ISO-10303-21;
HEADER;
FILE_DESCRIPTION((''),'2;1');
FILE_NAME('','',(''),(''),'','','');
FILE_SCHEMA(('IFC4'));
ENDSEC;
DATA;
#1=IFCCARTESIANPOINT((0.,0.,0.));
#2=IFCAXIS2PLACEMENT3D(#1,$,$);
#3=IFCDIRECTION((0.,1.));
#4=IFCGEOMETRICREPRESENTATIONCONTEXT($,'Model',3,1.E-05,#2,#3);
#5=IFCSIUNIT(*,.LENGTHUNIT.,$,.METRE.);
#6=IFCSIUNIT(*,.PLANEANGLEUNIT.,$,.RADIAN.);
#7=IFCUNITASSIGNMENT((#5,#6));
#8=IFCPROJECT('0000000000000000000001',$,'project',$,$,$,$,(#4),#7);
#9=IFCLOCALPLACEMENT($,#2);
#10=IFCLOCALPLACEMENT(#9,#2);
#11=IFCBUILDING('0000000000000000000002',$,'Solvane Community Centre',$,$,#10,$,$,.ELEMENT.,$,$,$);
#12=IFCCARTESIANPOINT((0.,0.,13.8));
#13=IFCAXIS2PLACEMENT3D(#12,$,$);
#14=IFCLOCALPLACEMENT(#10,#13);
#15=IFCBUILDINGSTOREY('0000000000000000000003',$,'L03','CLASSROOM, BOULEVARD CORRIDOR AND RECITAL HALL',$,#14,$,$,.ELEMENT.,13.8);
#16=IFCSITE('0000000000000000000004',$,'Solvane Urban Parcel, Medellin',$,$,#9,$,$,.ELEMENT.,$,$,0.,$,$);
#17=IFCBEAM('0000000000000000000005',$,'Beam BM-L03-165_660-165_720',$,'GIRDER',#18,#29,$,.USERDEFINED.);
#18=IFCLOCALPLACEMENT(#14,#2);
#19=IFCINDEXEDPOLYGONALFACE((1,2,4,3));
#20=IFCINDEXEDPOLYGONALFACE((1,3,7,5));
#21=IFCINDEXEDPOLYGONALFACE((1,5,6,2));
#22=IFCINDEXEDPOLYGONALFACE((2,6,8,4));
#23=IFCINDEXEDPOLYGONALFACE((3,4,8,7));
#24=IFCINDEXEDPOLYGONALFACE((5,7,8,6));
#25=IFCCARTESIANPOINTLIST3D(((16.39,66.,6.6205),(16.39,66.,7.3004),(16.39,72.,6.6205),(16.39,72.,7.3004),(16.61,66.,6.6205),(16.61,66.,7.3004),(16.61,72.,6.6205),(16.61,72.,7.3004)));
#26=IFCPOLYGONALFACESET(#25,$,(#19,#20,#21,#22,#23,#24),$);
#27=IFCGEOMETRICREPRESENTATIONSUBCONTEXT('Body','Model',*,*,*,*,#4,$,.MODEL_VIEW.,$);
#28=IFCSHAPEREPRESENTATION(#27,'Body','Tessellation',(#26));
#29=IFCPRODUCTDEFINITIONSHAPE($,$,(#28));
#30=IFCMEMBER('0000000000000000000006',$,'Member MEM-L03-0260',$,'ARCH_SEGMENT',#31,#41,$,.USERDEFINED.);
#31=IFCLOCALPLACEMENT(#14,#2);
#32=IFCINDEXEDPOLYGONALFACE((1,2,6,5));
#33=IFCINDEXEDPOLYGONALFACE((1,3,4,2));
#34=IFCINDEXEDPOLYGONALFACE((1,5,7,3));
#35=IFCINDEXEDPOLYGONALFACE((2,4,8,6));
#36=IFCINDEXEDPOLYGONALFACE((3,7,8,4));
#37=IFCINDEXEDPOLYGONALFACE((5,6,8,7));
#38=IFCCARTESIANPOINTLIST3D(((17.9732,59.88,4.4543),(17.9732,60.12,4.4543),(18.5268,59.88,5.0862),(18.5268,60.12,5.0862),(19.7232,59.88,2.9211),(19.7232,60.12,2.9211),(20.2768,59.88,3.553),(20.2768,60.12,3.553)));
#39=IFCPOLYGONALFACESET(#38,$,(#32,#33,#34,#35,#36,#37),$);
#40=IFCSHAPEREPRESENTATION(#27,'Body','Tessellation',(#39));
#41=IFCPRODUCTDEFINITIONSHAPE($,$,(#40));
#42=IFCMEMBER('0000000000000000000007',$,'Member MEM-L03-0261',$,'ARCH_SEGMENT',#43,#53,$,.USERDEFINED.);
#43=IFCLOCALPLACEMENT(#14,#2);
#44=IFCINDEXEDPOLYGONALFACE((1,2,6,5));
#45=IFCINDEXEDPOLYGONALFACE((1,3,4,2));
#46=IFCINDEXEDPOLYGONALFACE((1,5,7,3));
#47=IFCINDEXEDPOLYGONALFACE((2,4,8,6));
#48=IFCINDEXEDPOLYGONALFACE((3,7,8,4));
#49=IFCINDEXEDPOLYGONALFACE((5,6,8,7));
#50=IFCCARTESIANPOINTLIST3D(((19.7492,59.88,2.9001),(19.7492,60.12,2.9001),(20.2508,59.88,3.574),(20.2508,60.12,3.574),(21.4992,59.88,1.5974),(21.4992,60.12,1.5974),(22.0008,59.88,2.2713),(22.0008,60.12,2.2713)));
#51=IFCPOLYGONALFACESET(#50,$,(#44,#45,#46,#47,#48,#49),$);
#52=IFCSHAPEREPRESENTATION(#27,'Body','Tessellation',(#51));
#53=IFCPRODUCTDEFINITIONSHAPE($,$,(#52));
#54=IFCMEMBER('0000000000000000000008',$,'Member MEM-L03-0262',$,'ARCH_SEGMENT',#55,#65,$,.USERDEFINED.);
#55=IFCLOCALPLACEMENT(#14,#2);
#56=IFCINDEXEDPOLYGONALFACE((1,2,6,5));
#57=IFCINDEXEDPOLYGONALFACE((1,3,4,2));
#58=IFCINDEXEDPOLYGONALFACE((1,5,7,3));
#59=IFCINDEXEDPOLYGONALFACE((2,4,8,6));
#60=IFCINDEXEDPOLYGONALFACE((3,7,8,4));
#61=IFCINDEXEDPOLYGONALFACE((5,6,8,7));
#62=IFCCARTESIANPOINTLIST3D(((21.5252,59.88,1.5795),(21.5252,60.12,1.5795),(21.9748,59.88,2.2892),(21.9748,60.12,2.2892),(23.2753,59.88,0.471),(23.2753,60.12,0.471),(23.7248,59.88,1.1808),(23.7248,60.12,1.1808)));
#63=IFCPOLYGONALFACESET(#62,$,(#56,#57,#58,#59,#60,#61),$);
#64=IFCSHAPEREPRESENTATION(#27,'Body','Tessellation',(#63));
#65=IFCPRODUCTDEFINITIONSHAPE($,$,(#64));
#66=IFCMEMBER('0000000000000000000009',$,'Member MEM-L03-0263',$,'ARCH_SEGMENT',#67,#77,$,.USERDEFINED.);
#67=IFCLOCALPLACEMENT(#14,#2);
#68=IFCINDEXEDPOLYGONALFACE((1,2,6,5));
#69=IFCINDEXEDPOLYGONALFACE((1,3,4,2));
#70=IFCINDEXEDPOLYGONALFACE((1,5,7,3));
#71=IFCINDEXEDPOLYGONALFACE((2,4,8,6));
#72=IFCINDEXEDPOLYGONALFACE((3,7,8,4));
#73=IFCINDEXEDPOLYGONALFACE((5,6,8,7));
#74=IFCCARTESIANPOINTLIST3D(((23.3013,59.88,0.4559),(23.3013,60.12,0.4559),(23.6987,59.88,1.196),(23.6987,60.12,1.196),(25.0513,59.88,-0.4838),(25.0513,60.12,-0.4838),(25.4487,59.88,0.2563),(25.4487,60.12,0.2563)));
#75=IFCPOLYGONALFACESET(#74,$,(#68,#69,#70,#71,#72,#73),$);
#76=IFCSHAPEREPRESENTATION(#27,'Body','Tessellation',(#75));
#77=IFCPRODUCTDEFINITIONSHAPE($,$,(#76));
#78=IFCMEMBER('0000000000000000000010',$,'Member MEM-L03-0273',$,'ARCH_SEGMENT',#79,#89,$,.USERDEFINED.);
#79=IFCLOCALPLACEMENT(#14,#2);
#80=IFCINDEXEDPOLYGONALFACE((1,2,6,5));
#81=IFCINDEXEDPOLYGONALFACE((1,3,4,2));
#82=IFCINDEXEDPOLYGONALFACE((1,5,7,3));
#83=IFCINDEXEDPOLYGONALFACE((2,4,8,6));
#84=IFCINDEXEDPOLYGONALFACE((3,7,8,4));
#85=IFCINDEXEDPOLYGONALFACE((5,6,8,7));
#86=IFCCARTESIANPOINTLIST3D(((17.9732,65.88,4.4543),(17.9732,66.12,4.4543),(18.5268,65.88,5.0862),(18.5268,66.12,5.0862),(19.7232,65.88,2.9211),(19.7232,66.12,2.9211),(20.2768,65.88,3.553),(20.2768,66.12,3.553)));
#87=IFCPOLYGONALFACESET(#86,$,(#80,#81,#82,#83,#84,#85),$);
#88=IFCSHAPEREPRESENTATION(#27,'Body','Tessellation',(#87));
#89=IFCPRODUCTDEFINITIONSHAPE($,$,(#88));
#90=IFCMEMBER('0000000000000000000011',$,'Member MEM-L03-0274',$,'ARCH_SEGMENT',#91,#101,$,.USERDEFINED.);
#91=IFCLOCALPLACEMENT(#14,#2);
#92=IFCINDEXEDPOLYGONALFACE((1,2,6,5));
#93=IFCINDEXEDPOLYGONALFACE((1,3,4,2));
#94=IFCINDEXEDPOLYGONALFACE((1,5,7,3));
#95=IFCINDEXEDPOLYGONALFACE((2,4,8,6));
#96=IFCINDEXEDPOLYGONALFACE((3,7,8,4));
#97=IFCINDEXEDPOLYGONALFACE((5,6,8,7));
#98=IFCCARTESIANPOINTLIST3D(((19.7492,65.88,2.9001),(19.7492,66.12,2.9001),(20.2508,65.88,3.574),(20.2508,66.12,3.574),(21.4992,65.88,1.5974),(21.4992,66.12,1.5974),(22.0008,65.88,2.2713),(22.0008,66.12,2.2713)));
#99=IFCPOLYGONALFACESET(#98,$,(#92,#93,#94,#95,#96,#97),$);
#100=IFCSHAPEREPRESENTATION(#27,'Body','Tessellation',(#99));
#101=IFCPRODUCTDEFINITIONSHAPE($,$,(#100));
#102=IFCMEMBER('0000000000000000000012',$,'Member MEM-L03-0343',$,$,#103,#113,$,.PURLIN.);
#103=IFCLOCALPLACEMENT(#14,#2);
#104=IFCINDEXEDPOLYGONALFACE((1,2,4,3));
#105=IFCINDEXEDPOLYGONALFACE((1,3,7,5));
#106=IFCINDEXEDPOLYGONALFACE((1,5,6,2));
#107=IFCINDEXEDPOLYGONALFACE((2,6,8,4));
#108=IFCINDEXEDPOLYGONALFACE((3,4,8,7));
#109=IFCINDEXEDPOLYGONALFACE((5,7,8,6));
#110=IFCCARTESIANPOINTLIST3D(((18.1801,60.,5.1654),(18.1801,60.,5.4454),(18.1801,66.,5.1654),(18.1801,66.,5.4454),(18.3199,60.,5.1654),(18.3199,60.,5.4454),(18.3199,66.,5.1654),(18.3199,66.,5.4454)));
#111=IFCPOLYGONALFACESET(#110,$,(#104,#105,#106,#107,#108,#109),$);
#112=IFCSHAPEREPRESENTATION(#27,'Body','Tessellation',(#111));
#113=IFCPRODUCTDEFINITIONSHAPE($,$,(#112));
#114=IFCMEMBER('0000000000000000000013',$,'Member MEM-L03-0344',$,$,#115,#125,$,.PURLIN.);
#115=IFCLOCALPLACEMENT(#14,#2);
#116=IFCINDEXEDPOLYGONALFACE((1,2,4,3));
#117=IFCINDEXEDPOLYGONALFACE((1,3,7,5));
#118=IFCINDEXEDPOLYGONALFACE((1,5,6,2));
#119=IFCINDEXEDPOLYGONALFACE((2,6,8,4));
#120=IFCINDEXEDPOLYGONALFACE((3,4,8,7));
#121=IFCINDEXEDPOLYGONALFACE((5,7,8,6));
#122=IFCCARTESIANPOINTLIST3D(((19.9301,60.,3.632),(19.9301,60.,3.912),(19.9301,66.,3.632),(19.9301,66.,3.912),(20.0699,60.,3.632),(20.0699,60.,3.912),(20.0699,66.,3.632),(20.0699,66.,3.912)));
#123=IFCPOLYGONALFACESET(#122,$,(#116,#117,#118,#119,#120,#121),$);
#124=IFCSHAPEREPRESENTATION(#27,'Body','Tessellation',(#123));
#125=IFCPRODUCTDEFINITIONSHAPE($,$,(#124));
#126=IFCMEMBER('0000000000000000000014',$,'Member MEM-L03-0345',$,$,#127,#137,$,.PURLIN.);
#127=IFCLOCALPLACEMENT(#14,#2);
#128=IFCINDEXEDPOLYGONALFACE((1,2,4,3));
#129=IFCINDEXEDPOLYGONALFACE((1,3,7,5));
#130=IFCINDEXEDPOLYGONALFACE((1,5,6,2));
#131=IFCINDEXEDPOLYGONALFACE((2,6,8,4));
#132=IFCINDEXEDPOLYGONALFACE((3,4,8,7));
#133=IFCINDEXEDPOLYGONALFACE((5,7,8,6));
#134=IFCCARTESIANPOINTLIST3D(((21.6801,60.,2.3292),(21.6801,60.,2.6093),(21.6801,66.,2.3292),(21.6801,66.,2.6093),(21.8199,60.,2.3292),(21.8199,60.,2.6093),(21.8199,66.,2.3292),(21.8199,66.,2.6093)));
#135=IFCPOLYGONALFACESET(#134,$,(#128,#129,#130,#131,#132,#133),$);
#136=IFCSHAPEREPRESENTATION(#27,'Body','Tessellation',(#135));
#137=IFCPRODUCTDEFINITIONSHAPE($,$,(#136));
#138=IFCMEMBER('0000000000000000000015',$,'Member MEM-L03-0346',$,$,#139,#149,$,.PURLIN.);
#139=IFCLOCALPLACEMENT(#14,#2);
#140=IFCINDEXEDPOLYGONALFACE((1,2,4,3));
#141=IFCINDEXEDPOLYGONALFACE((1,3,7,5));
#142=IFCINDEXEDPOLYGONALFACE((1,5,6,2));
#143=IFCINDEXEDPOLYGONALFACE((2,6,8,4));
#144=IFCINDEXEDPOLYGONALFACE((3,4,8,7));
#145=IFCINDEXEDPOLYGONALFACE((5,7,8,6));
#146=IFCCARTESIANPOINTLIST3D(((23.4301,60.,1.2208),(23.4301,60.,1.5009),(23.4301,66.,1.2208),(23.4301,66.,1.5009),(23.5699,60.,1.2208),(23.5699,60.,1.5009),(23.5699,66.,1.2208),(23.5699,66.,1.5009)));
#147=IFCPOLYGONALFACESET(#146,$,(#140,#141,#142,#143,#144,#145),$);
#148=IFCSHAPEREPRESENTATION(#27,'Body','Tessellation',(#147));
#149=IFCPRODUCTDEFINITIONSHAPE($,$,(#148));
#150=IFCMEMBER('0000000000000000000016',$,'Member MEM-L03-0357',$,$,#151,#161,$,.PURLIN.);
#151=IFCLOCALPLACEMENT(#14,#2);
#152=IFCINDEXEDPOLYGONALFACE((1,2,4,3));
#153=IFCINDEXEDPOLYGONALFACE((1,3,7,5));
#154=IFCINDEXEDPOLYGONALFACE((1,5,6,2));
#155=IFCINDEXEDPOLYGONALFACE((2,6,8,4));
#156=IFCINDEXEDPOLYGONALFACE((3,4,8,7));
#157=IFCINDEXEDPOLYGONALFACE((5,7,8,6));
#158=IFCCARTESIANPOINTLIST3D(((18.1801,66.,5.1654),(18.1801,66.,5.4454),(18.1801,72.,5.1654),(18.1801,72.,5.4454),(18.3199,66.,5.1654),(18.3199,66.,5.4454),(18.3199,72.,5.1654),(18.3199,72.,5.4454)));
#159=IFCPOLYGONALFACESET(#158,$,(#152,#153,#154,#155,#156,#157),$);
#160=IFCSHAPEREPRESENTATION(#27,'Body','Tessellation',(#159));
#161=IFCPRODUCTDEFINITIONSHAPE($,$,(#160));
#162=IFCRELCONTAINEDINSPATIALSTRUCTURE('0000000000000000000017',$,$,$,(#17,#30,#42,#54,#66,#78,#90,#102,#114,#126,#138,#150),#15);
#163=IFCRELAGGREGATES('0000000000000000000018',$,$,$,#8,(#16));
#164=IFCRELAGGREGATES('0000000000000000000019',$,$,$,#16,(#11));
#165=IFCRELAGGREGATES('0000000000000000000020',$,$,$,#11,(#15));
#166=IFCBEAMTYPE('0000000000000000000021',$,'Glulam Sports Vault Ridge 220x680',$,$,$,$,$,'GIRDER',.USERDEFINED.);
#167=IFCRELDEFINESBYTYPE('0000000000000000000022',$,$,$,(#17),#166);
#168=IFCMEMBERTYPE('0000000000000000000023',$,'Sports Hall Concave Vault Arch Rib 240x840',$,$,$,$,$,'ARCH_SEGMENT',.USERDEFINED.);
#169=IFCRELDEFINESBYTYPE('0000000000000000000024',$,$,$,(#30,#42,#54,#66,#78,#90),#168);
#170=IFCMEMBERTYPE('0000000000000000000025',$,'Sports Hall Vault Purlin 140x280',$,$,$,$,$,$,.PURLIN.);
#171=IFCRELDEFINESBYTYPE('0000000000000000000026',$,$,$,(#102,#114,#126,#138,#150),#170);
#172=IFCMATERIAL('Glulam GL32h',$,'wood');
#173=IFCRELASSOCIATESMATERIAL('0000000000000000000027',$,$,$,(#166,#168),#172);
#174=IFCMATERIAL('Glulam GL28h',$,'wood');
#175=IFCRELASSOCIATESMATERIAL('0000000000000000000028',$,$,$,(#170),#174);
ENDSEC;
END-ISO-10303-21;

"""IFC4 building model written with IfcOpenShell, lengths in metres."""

from ifc_helpers import new_model, si_unit, direction, frame, origin, origin_2d, place, context, subcontext, project, spatial, rectangle, extrude, material, material_profile, profile_set, type_object, element, save


model = new_model("IFC4")

# Units and contexts
model_context = context("Model", 3, precision=1e-05, world=origin(), true_north=direction((0.0, 1.0)))
body_context = subcontext(model_context, "Body", "Model", "MODEL_VIEW")
ifc_project = project(units=[si_unit("LENGTHUNIT", "METRE"), si_unit("PLANEANGLEUNIT", "RADIAN")], contexts=[model_context])

# Site, building, storey
site_placement = place(None, origin())
site = spatial("IfcSite", under=ifc_project, at=site_placement, Name="Solvane Urban Parcel, Medellin", CompositionType="ELEMENT", RefElevation=0.0)
building_placement = place(site_placement, origin())
building = spatial("IfcBuilding", under=site, at=building_placement, Name="Solvane Community Centre", CompositionType="ELEMENT")
storey_placement = place(building_placement, frame((0.0, 0.0, 13.8)))
storey = spatial("IfcBuildingStorey", under=building, at=storey_placement, Name="L03", Description="CLASSROOM, BOULEVARD CORRIDOR AND RECITAL HALL", CompositionType="ELEMENT", Elevation=13.8)

# Beam
ifc_material_1 = material(Name="Glulam GL32h", Category="wood")
ifc_material_profile_1 = material_profile(ifc_material_1, rectangle(XDim=0.22, YDim=0.6799, at=origin_2d()), Name="GL32h 220x680")
ifc_profile_set_1 = profile_set([ifc_material_profile_1], Name="Glulam GL32h")
beam_type = type_object("IfcBeamType", Name="Glulam Sports Vault Ridge 220x680", ElementType="GIRDER", PredefinedType="USERDEFINED", material=ifc_profile_set_1)
beam_placement = place(storey_placement, frame((16.5, 66.0, 6.9604), z_axis=(0.0, 1.0, 0.0), x_axis=(-1.0, 0.0, 0.0)))
element("IfcBeam", 1, at=beam_placement, inside=storey, type_object=beam_type, Name="Beam BM-L03-165_660-165_720", ObjectType="GIRDER", PredefinedType="USERDEFINED", context=body_context, shape_type="SweptSolid", body=[
    extrude(rectangle(XDim=0.22, YDim=0.6799, at=origin_2d()), origin(), (0.0, 0.0, 1.0), 6.0),
])

# Members
ifc_material_profile_2 = material_profile(ifc_material_1, rectangle(XDim=0.24, YDim=0.8401, at=origin_2d()), Name="GL32h 240x840")
ifc_profile_set_2 = profile_set([ifc_material_profile_2], Name="Glulam GL32h")
member_type_1 = type_object("IfcMemberType", Name="Sports Hall Concave Vault Arch Rib 240x840", ElementType="ARCH_SEGMENT", PredefinedType="USERDEFINED", material=ifc_profile_set_2)
member_1_placement = place(storey_placement, frame((18.25, 60.0, 4.7703), z_axis=(0.752161, 0.0, -0.65898), x_axis=(0.0, 1.0, 0.0)))
element("IfcMember", 2, at=member_1_placement, inside=storey, type_object=member_type_1, Name="Member MEM-L03-0260", ObjectType="ARCH_SEGMENT", PredefinedType="USERDEFINED", context=body_context, shape_type="SweptSolid", body=[
    extrude(rectangle(XDim=0.24, YDim=0.8401, at=origin_2d()), origin(), (0.0, 0.0, 1.0), 2.3267),
])
member_2_placement = place(storey_placement, frame((20.0, 60.0, 3.2371), z_axis=(0.802143, 0.0, -0.597131), x_axis=(0.0, 1.0, 0.0)))
element("IfcMember", 3, at=member_2_placement, inside=storey, type_object=member_type_1, Name="Member MEM-L03-0261", ObjectType="ARCH_SEGMENT", PredefinedType="USERDEFINED", context=body_context, shape_type="SweptSolid", body=[
    extrude(rectangle(XDim=0.24, YDim=0.8401, at=origin_2d()), origin(), (0.0, 0.0, 1.0), 2.1816),
])
member_3_placement = place(storey_placement, frame((21.75, 60.0, 1.9343), z_axis=(0.844805, 0.0, -0.535075), x_axis=(0.0, 1.0, 0.0)))
element("IfcMember", 4, at=member_3_placement, inside=storey, type_object=member_type_1, Name="Member MEM-L03-0262", ObjectType="ARCH_SEGMENT", PredefinedType="USERDEFINED", context=body_context, shape_type="SweptSolid", body=[
    extrude(rectangle(XDim=0.24, YDim=0.8401, at=origin_2d()), origin(), (0.0, 0.0, 1.0), 2.0715),
])
member_4_placement = place(storey_placement, frame((23.5, 60.0, 0.8259), z_axis=(0.881019, 0.0, -0.473081), x_axis=(0.0, 1.0, 0.0)))
element("IfcMember", 5, at=member_4_placement, inside=storey, type_object=member_type_1, Name="Member MEM-L03-0263", ObjectType="ARCH_SEGMENT", PredefinedType="USERDEFINED", context=body_context, shape_type="SweptSolid", body=[
    extrude(rectangle(XDim=0.24, YDim=0.8401, at=origin_2d()), origin(), (0.0, 0.0, 1.0), 1.9863),
])
member_5_placement = place(storey_placement, frame((18.25, 66.0, 4.7703), z_axis=(0.752161, 0.0, -0.65898), x_axis=(0.0, 1.0, 0.0)))
element("IfcMember", 6, at=member_5_placement, inside=storey, type_object=member_type_1, Name="Member MEM-L03-0273", ObjectType="ARCH_SEGMENT", PredefinedType="USERDEFINED", context=body_context, shape_type="SweptSolid", body=[
    extrude(rectangle(XDim=0.24, YDim=0.8401, at=origin_2d()), origin(), (0.0, 0.0, 1.0), 2.3267),
])
member_6_placement = place(storey_placement, frame((20.0, 66.0, 3.2371), z_axis=(0.802143, 0.0, -0.597131), x_axis=(0.0, 1.0, 0.0)))
element("IfcMember", 7, at=member_6_placement, inside=storey, type_object=member_type_1, Name="Member MEM-L03-0274", ObjectType="ARCH_SEGMENT", PredefinedType="USERDEFINED", context=body_context, shape_type="SweptSolid", body=[
    extrude(rectangle(XDim=0.24, YDim=0.8401, at=origin_2d()), origin(), (0.0, 0.0, 1.0), 2.1816),
])
ifc_material_2 = material(Name="Glulam GL28h", Category="wood")
ifc_material_profile_3 = material_profile(ifc_material_2, rectangle(XDim=0.1399, YDim=0.28, at=origin_2d()), Name="GL28h 140x280")
ifc_profile_set_3 = profile_set([ifc_material_profile_3], Name="Glulam GL28h")
member_type_2 = type_object("IfcMemberType", Name="Sports Hall Vault Purlin 140x280", PredefinedType="PURLIN", material=ifc_profile_set_3)
for number, where, z_axis, x_axis, name in (
    (8, (18.25, 60.0, 5.3054), (0.0, 1.0, 0.0), (-1.0, 0.0, 0.0), "Member MEM-L03-0343"),
    (9, (20.0, 60.0, 3.772), (0.0, 1.0, 0.0), (-1.0, 0.0, 0.0), "Member MEM-L03-0344"),
    (10, (21.75, 60.0, 2.4692), (0.0, 1.0, 0.0), (-1.0, 0.0, 0.0), "Member MEM-L03-0345"),
    (11, (23.5, 60.0, 1.3608), (0.0, 1.0, 0.0), (-1.0, 0.0, 0.0), "Member MEM-L03-0346"),
    (12, (18.25, 66.0, 5.3054), (0.0, 1.0, 0.0), (-1.0, 0.0, 0.0), "Member MEM-L03-0357"),
):
    element("IfcMember", number, at=place(storey_placement, frame(where, z_axis=z_axis, x_axis=x_axis)), inside=storey, type_object=member_type_2, Name=name, PredefinedType="PURLIN", context=body_context, shape_type="SweptSolid", body=[
        extrude(rectangle(XDim=0.1399, YDim=0.28, at=origin_2d()), origin(), (0.0, 0.0, 1.0), 6.0),
    ])

save(model, "model.ifc")
